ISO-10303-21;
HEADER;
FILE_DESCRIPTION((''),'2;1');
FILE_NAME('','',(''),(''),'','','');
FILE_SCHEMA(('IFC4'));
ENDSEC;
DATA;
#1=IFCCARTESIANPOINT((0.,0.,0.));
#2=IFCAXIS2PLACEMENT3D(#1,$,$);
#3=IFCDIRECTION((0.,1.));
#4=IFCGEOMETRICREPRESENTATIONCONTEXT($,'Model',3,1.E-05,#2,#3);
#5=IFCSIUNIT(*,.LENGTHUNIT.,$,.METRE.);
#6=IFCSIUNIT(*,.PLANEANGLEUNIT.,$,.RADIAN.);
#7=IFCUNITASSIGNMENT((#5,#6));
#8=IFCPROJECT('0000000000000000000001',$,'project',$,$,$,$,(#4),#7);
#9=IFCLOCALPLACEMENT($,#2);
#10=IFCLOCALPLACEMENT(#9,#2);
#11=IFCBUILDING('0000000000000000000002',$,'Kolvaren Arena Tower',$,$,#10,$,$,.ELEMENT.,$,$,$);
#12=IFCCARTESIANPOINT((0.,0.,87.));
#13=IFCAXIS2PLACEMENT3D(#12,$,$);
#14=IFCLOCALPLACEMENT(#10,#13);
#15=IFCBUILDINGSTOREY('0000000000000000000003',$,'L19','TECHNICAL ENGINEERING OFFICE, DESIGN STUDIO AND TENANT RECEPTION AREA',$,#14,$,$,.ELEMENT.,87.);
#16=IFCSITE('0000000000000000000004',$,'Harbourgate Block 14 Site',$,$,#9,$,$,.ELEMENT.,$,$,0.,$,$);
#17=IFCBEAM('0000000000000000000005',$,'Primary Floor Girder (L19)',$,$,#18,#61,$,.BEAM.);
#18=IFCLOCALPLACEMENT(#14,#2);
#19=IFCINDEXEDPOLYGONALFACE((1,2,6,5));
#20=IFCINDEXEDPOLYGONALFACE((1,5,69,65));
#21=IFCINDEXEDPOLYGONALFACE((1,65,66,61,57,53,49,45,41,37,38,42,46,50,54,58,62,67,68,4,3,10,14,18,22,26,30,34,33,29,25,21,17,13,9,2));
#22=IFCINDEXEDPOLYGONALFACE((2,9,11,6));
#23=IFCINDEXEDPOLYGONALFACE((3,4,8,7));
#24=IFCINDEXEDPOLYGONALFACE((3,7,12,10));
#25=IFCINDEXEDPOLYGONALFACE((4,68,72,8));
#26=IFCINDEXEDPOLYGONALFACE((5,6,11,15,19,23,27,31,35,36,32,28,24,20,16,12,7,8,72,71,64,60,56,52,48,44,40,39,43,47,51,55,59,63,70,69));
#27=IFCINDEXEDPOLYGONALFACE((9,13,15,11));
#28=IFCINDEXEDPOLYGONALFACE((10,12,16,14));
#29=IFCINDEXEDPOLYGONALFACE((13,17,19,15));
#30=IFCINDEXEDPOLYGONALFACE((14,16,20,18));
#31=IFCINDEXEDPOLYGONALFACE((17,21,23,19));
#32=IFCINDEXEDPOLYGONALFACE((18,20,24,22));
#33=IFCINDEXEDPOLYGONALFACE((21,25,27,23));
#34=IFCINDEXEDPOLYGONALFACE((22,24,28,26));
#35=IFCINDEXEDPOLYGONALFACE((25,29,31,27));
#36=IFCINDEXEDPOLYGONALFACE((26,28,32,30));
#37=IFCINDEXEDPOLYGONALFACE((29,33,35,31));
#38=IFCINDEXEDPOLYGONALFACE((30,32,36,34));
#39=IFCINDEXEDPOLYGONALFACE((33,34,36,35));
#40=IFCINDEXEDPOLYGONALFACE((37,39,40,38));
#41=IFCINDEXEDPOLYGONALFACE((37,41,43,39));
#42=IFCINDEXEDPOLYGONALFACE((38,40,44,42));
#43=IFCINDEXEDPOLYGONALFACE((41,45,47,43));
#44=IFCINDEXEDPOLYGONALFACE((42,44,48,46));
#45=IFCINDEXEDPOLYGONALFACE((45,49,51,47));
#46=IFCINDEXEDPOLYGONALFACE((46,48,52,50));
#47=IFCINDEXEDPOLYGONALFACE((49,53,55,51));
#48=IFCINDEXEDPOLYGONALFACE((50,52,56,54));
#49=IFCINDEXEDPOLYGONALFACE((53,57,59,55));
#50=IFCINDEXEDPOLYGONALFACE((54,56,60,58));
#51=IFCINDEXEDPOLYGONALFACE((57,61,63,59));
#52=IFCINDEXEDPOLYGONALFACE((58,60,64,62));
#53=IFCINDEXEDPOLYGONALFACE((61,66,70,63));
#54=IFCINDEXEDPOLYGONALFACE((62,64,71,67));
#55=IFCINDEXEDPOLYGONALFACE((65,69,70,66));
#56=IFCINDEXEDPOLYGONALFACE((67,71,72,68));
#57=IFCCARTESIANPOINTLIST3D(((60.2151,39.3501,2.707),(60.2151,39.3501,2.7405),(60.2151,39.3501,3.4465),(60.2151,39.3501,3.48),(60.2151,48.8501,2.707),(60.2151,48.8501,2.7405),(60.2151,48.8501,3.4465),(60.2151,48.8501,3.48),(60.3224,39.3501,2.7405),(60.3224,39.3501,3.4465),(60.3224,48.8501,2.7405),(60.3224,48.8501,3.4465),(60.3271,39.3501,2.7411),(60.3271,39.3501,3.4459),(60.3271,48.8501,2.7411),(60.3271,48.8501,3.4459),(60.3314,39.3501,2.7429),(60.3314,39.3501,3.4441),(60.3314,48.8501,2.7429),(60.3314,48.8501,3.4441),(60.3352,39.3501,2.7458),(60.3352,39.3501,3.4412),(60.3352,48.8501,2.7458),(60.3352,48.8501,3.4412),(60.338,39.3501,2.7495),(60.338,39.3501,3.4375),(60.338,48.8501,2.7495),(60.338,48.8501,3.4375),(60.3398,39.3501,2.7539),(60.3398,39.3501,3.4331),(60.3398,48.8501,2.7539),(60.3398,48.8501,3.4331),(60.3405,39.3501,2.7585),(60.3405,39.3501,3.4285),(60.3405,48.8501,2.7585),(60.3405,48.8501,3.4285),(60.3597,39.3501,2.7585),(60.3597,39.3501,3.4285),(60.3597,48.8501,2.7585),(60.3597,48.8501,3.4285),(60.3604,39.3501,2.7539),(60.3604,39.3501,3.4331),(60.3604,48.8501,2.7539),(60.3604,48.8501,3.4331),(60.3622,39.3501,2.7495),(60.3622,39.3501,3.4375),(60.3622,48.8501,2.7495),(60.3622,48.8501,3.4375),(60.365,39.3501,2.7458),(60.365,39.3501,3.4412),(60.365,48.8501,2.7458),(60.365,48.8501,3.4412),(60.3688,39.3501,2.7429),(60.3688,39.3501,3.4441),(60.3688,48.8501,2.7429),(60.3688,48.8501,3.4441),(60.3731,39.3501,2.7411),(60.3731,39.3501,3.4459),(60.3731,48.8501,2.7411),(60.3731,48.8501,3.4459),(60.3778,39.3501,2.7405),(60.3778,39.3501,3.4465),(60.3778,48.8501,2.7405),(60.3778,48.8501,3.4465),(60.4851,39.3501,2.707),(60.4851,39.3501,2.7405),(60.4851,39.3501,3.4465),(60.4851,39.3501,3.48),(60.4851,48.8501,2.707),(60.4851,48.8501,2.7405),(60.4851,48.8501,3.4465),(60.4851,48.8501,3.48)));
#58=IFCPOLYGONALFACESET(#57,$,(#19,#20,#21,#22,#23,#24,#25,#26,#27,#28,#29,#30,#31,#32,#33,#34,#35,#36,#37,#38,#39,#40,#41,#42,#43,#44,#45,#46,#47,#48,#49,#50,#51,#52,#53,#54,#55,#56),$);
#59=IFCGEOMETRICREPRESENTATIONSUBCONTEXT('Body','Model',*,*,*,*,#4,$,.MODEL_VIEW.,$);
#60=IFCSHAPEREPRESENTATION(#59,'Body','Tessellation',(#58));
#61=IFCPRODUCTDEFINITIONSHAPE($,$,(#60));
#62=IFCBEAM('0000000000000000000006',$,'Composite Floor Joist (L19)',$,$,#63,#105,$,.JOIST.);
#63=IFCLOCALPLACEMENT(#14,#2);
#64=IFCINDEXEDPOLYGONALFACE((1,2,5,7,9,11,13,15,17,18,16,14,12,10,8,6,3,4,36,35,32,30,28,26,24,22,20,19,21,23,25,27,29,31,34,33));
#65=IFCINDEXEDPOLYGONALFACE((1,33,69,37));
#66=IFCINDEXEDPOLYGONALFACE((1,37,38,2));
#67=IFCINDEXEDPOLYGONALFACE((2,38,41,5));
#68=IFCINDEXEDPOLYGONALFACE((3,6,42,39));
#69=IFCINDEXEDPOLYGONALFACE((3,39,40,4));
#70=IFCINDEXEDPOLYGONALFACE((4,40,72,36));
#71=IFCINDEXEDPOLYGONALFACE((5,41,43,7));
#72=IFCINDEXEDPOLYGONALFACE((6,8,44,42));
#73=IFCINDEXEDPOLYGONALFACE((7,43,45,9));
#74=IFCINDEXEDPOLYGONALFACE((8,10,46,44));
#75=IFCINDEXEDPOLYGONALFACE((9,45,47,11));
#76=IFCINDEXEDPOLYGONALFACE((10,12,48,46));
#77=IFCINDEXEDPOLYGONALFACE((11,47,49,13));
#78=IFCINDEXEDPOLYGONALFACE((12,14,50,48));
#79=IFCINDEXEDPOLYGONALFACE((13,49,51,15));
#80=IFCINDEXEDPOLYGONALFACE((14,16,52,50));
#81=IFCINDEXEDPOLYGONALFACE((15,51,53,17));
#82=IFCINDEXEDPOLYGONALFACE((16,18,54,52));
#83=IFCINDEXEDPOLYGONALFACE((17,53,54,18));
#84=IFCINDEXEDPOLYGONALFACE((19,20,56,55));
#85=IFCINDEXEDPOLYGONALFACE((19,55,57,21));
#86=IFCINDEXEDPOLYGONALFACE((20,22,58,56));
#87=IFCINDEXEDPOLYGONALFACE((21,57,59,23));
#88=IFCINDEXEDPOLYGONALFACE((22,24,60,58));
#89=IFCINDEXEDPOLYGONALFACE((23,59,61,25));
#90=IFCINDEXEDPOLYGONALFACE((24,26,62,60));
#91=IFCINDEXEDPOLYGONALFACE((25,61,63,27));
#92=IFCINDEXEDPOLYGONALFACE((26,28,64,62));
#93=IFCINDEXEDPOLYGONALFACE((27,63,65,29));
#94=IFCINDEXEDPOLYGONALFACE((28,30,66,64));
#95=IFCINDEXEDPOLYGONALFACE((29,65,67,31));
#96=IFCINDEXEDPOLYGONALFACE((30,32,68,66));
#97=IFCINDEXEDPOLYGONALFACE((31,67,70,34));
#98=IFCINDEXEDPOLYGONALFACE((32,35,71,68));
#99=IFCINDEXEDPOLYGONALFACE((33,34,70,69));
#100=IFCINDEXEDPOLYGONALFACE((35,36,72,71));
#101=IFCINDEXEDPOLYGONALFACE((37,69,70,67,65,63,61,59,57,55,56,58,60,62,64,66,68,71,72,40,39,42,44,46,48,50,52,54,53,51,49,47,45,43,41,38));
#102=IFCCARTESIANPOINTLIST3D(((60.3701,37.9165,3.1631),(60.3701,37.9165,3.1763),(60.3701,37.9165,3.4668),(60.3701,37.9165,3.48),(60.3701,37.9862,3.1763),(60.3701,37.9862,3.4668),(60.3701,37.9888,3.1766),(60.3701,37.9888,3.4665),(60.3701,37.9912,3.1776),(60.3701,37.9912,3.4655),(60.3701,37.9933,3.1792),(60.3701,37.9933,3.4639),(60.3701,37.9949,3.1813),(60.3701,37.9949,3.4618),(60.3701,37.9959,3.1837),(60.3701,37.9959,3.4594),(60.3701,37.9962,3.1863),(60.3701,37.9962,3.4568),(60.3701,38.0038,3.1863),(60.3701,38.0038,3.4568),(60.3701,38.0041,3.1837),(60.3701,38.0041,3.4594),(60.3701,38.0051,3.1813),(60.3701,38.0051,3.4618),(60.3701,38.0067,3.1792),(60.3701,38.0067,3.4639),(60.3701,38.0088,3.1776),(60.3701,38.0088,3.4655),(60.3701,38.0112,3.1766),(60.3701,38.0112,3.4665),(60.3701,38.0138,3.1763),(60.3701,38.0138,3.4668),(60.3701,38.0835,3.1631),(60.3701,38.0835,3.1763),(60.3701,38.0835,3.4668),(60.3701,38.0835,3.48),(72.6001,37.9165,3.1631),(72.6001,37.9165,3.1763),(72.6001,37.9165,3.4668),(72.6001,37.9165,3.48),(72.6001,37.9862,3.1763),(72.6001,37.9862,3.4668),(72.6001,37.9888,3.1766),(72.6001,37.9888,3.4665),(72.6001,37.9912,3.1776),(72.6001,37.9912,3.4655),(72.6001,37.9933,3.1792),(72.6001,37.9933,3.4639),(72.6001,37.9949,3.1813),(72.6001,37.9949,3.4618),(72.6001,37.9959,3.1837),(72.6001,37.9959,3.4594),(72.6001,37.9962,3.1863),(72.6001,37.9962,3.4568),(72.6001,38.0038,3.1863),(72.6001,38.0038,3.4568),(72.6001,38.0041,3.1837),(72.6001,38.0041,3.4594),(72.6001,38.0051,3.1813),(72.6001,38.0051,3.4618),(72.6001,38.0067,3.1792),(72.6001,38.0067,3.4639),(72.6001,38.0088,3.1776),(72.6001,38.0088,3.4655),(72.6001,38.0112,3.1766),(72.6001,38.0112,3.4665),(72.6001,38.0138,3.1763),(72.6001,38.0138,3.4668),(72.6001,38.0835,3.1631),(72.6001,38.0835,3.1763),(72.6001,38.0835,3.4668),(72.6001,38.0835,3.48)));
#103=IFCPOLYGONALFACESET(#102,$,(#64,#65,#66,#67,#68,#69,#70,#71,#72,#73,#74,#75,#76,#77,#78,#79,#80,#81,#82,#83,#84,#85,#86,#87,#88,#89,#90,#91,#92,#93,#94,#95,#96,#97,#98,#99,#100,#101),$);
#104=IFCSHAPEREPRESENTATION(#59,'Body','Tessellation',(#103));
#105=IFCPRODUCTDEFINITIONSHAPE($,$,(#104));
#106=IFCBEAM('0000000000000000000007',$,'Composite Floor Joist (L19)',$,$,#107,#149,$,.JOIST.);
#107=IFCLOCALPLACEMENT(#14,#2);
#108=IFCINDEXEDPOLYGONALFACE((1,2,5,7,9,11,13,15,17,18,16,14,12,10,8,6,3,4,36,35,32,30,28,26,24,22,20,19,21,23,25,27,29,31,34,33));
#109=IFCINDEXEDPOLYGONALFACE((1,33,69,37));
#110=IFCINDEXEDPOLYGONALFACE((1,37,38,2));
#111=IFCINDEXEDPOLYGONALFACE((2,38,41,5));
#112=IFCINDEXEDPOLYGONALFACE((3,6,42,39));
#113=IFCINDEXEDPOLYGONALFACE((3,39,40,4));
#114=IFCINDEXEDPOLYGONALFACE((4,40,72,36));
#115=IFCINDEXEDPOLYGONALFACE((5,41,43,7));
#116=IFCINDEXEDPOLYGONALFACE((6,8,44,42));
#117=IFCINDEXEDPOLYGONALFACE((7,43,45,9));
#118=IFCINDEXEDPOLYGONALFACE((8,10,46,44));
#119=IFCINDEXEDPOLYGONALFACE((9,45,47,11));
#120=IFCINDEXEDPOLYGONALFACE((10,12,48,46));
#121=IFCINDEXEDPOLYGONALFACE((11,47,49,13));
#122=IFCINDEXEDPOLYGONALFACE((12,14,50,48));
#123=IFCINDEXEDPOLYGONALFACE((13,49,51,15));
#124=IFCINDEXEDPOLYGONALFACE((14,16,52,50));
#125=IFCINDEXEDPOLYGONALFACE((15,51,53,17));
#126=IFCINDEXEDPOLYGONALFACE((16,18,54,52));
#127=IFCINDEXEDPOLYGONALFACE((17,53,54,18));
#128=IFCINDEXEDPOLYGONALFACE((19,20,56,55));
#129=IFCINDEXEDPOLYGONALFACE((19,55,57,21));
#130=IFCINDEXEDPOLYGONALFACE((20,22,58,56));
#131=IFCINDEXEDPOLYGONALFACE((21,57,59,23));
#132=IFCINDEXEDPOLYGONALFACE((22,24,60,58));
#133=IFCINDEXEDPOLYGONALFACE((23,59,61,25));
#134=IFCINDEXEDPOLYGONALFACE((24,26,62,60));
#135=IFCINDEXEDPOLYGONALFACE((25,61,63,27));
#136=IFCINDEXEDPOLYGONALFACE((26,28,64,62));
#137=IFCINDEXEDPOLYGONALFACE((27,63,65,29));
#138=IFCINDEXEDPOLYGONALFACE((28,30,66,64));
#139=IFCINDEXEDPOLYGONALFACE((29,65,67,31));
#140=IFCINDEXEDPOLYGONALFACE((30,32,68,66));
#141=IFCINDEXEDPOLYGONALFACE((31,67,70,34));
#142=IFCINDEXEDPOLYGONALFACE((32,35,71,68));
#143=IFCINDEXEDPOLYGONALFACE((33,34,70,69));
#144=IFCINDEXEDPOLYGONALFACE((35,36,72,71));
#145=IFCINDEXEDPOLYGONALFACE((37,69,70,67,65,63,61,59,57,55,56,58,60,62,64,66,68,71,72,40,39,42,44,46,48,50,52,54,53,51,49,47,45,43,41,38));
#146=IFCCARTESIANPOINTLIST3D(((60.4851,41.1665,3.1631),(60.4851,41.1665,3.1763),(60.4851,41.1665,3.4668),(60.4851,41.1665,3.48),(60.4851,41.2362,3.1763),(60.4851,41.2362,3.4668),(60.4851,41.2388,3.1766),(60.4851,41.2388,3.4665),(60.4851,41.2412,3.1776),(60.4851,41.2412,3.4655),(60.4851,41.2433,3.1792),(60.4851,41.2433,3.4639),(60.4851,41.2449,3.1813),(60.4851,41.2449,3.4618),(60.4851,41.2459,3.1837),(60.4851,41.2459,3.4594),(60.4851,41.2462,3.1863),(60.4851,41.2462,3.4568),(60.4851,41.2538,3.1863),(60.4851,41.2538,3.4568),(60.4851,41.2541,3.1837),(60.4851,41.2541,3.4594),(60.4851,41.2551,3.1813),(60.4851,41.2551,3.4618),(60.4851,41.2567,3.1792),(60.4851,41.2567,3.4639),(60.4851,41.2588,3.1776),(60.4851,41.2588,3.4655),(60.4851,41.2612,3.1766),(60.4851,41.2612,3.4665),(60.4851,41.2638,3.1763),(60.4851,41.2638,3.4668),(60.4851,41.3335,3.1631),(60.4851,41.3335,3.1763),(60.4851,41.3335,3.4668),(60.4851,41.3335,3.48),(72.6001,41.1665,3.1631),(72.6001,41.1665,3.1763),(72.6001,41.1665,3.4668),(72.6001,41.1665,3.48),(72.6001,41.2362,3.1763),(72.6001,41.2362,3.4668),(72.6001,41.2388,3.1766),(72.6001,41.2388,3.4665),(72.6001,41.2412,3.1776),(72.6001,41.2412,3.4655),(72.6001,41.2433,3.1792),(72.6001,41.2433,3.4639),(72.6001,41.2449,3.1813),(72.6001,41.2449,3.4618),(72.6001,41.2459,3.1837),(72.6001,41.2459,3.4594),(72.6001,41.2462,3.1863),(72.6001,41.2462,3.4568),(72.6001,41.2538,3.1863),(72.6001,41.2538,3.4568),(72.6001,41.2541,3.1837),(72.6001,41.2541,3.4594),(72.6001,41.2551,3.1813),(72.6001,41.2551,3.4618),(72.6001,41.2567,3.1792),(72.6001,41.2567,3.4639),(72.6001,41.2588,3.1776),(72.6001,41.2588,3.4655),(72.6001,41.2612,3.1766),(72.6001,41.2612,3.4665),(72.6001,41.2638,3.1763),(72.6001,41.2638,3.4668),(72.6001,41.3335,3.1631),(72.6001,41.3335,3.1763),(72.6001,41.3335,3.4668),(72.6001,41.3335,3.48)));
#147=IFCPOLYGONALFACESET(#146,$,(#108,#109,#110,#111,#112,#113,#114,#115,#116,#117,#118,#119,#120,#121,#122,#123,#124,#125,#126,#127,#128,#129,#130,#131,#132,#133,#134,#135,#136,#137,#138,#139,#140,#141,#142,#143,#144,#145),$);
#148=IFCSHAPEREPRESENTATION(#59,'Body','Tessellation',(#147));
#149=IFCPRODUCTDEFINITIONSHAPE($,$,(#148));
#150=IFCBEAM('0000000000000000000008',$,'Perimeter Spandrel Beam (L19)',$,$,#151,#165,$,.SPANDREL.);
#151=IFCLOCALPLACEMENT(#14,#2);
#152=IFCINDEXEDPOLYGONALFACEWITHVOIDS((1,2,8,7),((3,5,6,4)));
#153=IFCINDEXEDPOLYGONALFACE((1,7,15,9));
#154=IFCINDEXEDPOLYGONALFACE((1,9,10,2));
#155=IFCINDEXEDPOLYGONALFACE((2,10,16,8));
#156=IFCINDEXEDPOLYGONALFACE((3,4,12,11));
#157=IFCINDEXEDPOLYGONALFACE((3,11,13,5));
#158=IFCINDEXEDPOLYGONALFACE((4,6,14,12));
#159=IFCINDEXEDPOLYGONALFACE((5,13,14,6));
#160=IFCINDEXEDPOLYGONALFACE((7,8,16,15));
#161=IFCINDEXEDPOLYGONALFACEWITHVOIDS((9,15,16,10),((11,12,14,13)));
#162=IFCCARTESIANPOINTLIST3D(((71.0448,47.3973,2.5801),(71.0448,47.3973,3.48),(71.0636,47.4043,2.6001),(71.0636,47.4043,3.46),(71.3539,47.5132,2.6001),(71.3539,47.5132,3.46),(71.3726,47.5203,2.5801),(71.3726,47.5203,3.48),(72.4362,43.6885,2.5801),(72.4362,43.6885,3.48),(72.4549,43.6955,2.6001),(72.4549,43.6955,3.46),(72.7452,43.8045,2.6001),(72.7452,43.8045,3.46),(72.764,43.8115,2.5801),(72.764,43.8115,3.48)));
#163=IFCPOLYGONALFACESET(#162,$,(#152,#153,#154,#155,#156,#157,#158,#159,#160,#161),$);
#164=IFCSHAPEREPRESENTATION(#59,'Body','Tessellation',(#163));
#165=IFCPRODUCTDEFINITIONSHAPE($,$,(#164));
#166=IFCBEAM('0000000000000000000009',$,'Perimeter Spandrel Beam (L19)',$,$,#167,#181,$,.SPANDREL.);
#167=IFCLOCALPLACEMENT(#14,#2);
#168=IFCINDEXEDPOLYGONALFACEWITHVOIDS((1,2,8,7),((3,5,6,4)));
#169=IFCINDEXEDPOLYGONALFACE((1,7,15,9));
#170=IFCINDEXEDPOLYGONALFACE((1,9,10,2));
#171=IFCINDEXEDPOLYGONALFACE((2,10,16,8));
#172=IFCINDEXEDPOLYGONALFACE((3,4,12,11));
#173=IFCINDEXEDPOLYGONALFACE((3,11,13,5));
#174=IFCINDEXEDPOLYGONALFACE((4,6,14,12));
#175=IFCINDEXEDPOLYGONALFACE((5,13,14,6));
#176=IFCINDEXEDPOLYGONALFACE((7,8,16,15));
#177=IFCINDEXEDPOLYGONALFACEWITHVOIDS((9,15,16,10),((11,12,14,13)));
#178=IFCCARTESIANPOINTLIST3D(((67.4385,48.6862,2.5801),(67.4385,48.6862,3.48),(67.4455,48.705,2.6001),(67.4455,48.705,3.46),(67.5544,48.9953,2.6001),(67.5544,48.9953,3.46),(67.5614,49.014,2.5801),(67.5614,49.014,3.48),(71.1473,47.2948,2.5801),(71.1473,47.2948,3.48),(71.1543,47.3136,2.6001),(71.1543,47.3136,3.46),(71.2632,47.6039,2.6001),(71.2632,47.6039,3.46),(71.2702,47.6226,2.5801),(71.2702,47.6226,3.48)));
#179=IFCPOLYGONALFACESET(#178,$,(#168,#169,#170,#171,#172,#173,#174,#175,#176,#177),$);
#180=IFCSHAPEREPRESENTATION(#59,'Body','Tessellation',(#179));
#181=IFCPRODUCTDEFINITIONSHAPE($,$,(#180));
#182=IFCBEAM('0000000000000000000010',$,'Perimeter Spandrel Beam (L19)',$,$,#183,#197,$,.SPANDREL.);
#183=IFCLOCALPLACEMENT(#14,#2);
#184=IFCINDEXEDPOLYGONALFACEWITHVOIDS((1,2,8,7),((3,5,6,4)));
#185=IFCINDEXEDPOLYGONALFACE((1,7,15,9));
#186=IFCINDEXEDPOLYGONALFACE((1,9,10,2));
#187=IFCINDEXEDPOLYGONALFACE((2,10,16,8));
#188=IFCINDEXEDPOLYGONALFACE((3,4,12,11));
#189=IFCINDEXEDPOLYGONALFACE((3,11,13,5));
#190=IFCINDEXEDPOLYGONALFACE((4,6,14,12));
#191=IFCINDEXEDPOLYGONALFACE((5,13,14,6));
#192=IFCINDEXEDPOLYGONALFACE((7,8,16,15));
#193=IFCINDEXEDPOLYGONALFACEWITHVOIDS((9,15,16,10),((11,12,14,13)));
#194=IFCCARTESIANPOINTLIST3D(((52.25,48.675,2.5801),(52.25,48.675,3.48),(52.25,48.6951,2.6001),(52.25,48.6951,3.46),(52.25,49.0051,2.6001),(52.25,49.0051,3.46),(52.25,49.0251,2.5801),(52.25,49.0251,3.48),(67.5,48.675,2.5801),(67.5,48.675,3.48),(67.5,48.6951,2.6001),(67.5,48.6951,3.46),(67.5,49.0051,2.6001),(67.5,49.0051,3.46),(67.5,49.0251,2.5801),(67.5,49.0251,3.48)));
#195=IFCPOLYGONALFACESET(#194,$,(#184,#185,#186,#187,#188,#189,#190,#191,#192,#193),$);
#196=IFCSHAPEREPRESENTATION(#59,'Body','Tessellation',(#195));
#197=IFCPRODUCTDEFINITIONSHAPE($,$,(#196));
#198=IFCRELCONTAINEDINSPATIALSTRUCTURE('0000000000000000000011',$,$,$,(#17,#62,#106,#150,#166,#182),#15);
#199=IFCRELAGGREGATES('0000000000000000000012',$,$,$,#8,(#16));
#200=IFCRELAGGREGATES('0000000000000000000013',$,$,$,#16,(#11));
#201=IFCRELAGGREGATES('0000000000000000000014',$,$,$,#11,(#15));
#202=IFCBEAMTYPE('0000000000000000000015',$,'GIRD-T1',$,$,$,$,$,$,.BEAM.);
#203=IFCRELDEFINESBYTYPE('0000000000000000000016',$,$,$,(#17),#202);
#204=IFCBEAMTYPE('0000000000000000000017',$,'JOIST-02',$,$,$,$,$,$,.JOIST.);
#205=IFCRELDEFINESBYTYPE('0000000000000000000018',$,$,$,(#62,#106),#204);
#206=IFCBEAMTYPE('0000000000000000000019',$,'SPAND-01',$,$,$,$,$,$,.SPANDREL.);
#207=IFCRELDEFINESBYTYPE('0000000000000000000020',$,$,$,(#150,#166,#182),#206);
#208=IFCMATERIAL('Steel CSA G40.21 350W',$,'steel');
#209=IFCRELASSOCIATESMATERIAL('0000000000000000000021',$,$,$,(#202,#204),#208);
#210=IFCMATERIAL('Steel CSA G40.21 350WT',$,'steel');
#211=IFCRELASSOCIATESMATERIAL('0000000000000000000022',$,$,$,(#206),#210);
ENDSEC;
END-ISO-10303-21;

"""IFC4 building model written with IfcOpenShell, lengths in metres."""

from ifc_helpers import new_model, si_unit, direction, frame, origin, origin_2d, place, context, subcontext, project, spatial, hollow_rectangle, i_section, extrude, material, material_profile, profile_set, type_object, element, save


model = new_model("IFC4")

# Units and contexts
model_context = context("Model", 3, precision=1e-05, world=origin(), true_north=direction((0.0, 1.0)))
body_context = subcontext(model_context, "Body", "Model", "MODEL_VIEW")
ifc_project = project(units=[si_unit("LENGTHUNIT", "METRE"), si_unit("PLANEANGLEUNIT", "RADIAN")], contexts=[model_context])

# Site, building, storey
site_placement = place(None, origin())
site = spatial("IfcSite", under=ifc_project, at=site_placement, Name="Harbourgate Block 14 Site", CompositionType="ELEMENT", RefElevation=0.0)
building_placement = place(site_placement, origin())
building = spatial("IfcBuilding", under=site, at=building_placement, Name="Kolvaren Arena Tower", CompositionType="ELEMENT")
storey_placement = place(building_placement, frame((0.0, 0.0, 87.0)))
storey = spatial("IfcBuildingStorey", under=building, at=storey_placement, Name="L19", Description="TECHNICAL ENGINEERING OFFICE, DESIGN STUDIO AND TENANT RECEPTION AREA", CompositionType="ELEMENT", Elevation=87.0)

# Beams
ifc_material_1 = material(Name="Steel CSA G40.21 350W", Category="steel")
ifc_material_profile_1 = material_profile(ifc_material_1, i_section(OverallWidth=0.27, OverallDepth=0.7729, WebThickness=0.0193, FlangeThickness=0.0334, FilletRadius=0.0181, at=origin_2d()), Name="W760x257")
ifc_profile_set_1 = profile_set([ifc_material_profile_1], Name="Steel CSA G40.21 350W")
beam_type_1 = type_object("IfcBeamType", Name="GIRD-T1", PredefinedType="BEAM", material=ifc_profile_set_1)
beam_1_placement = place(storey_placement, frame((60.3501, 39.3501, 3.0935), z_axis=(0.0, 1.0, 0.0), x_axis=(-1.0, 0.0, 0.0)))
element("IfcBeam", 1, at=beam_1_placement, inside=storey, type_object=beam_type_1, Name="Primary Floor Girder (L19)", PredefinedType="BEAM", context=body_context, shape_type="SweptSolid", body=[
    extrude(i_section(OverallWidth=0.27, OverallDepth=0.7729, WebThickness=0.0193, FlangeThickness=0.0334, FilletRadius=0.0181, at=origin_2d()), origin(), (0.0, 0.0, 1.0), 9.5),
])
ifc_material_profile_2 = material_profile(ifc_material_1, i_section(OverallWidth=0.167, OverallDepth=0.3169, WebThickness=0.0076, FlangeThickness=0.0132, FilletRadius=0.01, at=origin_2d()), Name="W310x52")
ifc_profile_set_2 = profile_set([ifc_material_profile_2], Name="Steel CSA G40.21 350W")
beam_type_2 = type_object("IfcBeamType", Name="JOIST-02", PredefinedType="JOIST", material=ifc_profile_set_2)
beam_2_placement = place(storey_placement, frame((60.3701, 38.0, 3.3215), z_axis=(1.0, 0.0, 0.0), x_axis=(0.0, 1.0, 0.0)))
element("IfcBeam", 2, at=beam_2_placement, inside=storey, type_object=beam_type_2, Name="Composite Floor Joist (L19)", PredefinedType="JOIST", context=body_context, shape_type="SweptSolid", body=[
    extrude(i_section(OverallWidth=0.167, OverallDepth=0.3169, WebThickness=0.0076, FlangeThickness=0.0132, FilletRadius=0.01, at=origin_2d()), origin(), (0.0, 0.0, 1.0), 12.23),
])
beam_3_placement = place(storey_placement, frame((60.4851, 41.25, 3.3215), z_axis=(1.0, 0.0, 0.0), x_axis=(0.0, 1.0, 0.0)))
element("IfcBeam", 3, at=beam_3_placement, inside=storey, type_object=beam_type_2, Name="Composite Floor Joist (L19)", PredefinedType="JOIST", context=body_context, shape_type="SweptSolid", body=[
    extrude(i_section(OverallWidth=0.167, OverallDepth=0.3169, WebThickness=0.0076, FlangeThickness=0.0132, FilletRadius=0.01, at=origin_2d()), origin(), (0.0, 0.0, 1.0), 12.115),
])
ifc_material_2 = material(Name="Steel CSA G40.21 350WT", Category="steel")
ifc_material_profile_3 = material_profile(ifc_material_2, hollow_rectangle(XDim=0.3501, YDim=0.8999, WallThickness=0.02, at=origin_2d()), Name="HSS 900x350x20")
ifc_profile_set_3 = profile_set([ifc_material_profile_3], Name="Steel CSA G40.21 350WT")
beam_type_3 = type_object("IfcBeamType", Name="SPAND-01", PredefinedType="SPANDREL", material=ifc_profile_set_3)
for number, where, z_axis, x_axis, name in (
    (4, (72.6001, 43.75, 3.03), (-0.351252, 0.936281, 0.0), (-0.936281, -0.351252, 0.0), "Perimeter Spandrel Beam (L19)"),
    (5, (71.2087, 47.4587, 3.03), (-0.936281, 0.351252, 0.0), (-0.351252, -0.936281, 0.0), "Perimeter Spandrel Beam (L19)"),
):
    element("IfcBeam", number, at=place(storey_placement, frame(where, z_axis=z_axis, x_axis=x_axis)), inside=storey, type_object=beam_type_3, Name=name, PredefinedType="SPANDREL", context=body_context, shape_type="SweptSolid", body=[
        extrude(hollow_rectangle(XDim=0.3501, YDim=0.8999, WallThickness=0.02, at=origin_2d()), origin(), (0.0, 0.0, 1.0), 3.9612),
    ])
beam_4_placement = place(storey_placement, frame((67.5, 48.8501, 3.03), z_axis=(-1.0, 0.0, 0.0), x_axis=(0.0, -1.0, 0.0)))
element("IfcBeam", 6, at=beam_4_placement, inside=storey, type_object=beam_type_3, Name="Perimeter Spandrel Beam (L19)", PredefinedType="SPANDREL", context=body_context, shape_type="SweptSolid", body=[
    extrude(hollow_rectangle(XDim=0.3501, YDim=0.8999, WallThickness=0.02, at=origin_2d()), origin(), (0.0, 0.0, 1.0), 15.25),
])

save(model, "model.ifc")
